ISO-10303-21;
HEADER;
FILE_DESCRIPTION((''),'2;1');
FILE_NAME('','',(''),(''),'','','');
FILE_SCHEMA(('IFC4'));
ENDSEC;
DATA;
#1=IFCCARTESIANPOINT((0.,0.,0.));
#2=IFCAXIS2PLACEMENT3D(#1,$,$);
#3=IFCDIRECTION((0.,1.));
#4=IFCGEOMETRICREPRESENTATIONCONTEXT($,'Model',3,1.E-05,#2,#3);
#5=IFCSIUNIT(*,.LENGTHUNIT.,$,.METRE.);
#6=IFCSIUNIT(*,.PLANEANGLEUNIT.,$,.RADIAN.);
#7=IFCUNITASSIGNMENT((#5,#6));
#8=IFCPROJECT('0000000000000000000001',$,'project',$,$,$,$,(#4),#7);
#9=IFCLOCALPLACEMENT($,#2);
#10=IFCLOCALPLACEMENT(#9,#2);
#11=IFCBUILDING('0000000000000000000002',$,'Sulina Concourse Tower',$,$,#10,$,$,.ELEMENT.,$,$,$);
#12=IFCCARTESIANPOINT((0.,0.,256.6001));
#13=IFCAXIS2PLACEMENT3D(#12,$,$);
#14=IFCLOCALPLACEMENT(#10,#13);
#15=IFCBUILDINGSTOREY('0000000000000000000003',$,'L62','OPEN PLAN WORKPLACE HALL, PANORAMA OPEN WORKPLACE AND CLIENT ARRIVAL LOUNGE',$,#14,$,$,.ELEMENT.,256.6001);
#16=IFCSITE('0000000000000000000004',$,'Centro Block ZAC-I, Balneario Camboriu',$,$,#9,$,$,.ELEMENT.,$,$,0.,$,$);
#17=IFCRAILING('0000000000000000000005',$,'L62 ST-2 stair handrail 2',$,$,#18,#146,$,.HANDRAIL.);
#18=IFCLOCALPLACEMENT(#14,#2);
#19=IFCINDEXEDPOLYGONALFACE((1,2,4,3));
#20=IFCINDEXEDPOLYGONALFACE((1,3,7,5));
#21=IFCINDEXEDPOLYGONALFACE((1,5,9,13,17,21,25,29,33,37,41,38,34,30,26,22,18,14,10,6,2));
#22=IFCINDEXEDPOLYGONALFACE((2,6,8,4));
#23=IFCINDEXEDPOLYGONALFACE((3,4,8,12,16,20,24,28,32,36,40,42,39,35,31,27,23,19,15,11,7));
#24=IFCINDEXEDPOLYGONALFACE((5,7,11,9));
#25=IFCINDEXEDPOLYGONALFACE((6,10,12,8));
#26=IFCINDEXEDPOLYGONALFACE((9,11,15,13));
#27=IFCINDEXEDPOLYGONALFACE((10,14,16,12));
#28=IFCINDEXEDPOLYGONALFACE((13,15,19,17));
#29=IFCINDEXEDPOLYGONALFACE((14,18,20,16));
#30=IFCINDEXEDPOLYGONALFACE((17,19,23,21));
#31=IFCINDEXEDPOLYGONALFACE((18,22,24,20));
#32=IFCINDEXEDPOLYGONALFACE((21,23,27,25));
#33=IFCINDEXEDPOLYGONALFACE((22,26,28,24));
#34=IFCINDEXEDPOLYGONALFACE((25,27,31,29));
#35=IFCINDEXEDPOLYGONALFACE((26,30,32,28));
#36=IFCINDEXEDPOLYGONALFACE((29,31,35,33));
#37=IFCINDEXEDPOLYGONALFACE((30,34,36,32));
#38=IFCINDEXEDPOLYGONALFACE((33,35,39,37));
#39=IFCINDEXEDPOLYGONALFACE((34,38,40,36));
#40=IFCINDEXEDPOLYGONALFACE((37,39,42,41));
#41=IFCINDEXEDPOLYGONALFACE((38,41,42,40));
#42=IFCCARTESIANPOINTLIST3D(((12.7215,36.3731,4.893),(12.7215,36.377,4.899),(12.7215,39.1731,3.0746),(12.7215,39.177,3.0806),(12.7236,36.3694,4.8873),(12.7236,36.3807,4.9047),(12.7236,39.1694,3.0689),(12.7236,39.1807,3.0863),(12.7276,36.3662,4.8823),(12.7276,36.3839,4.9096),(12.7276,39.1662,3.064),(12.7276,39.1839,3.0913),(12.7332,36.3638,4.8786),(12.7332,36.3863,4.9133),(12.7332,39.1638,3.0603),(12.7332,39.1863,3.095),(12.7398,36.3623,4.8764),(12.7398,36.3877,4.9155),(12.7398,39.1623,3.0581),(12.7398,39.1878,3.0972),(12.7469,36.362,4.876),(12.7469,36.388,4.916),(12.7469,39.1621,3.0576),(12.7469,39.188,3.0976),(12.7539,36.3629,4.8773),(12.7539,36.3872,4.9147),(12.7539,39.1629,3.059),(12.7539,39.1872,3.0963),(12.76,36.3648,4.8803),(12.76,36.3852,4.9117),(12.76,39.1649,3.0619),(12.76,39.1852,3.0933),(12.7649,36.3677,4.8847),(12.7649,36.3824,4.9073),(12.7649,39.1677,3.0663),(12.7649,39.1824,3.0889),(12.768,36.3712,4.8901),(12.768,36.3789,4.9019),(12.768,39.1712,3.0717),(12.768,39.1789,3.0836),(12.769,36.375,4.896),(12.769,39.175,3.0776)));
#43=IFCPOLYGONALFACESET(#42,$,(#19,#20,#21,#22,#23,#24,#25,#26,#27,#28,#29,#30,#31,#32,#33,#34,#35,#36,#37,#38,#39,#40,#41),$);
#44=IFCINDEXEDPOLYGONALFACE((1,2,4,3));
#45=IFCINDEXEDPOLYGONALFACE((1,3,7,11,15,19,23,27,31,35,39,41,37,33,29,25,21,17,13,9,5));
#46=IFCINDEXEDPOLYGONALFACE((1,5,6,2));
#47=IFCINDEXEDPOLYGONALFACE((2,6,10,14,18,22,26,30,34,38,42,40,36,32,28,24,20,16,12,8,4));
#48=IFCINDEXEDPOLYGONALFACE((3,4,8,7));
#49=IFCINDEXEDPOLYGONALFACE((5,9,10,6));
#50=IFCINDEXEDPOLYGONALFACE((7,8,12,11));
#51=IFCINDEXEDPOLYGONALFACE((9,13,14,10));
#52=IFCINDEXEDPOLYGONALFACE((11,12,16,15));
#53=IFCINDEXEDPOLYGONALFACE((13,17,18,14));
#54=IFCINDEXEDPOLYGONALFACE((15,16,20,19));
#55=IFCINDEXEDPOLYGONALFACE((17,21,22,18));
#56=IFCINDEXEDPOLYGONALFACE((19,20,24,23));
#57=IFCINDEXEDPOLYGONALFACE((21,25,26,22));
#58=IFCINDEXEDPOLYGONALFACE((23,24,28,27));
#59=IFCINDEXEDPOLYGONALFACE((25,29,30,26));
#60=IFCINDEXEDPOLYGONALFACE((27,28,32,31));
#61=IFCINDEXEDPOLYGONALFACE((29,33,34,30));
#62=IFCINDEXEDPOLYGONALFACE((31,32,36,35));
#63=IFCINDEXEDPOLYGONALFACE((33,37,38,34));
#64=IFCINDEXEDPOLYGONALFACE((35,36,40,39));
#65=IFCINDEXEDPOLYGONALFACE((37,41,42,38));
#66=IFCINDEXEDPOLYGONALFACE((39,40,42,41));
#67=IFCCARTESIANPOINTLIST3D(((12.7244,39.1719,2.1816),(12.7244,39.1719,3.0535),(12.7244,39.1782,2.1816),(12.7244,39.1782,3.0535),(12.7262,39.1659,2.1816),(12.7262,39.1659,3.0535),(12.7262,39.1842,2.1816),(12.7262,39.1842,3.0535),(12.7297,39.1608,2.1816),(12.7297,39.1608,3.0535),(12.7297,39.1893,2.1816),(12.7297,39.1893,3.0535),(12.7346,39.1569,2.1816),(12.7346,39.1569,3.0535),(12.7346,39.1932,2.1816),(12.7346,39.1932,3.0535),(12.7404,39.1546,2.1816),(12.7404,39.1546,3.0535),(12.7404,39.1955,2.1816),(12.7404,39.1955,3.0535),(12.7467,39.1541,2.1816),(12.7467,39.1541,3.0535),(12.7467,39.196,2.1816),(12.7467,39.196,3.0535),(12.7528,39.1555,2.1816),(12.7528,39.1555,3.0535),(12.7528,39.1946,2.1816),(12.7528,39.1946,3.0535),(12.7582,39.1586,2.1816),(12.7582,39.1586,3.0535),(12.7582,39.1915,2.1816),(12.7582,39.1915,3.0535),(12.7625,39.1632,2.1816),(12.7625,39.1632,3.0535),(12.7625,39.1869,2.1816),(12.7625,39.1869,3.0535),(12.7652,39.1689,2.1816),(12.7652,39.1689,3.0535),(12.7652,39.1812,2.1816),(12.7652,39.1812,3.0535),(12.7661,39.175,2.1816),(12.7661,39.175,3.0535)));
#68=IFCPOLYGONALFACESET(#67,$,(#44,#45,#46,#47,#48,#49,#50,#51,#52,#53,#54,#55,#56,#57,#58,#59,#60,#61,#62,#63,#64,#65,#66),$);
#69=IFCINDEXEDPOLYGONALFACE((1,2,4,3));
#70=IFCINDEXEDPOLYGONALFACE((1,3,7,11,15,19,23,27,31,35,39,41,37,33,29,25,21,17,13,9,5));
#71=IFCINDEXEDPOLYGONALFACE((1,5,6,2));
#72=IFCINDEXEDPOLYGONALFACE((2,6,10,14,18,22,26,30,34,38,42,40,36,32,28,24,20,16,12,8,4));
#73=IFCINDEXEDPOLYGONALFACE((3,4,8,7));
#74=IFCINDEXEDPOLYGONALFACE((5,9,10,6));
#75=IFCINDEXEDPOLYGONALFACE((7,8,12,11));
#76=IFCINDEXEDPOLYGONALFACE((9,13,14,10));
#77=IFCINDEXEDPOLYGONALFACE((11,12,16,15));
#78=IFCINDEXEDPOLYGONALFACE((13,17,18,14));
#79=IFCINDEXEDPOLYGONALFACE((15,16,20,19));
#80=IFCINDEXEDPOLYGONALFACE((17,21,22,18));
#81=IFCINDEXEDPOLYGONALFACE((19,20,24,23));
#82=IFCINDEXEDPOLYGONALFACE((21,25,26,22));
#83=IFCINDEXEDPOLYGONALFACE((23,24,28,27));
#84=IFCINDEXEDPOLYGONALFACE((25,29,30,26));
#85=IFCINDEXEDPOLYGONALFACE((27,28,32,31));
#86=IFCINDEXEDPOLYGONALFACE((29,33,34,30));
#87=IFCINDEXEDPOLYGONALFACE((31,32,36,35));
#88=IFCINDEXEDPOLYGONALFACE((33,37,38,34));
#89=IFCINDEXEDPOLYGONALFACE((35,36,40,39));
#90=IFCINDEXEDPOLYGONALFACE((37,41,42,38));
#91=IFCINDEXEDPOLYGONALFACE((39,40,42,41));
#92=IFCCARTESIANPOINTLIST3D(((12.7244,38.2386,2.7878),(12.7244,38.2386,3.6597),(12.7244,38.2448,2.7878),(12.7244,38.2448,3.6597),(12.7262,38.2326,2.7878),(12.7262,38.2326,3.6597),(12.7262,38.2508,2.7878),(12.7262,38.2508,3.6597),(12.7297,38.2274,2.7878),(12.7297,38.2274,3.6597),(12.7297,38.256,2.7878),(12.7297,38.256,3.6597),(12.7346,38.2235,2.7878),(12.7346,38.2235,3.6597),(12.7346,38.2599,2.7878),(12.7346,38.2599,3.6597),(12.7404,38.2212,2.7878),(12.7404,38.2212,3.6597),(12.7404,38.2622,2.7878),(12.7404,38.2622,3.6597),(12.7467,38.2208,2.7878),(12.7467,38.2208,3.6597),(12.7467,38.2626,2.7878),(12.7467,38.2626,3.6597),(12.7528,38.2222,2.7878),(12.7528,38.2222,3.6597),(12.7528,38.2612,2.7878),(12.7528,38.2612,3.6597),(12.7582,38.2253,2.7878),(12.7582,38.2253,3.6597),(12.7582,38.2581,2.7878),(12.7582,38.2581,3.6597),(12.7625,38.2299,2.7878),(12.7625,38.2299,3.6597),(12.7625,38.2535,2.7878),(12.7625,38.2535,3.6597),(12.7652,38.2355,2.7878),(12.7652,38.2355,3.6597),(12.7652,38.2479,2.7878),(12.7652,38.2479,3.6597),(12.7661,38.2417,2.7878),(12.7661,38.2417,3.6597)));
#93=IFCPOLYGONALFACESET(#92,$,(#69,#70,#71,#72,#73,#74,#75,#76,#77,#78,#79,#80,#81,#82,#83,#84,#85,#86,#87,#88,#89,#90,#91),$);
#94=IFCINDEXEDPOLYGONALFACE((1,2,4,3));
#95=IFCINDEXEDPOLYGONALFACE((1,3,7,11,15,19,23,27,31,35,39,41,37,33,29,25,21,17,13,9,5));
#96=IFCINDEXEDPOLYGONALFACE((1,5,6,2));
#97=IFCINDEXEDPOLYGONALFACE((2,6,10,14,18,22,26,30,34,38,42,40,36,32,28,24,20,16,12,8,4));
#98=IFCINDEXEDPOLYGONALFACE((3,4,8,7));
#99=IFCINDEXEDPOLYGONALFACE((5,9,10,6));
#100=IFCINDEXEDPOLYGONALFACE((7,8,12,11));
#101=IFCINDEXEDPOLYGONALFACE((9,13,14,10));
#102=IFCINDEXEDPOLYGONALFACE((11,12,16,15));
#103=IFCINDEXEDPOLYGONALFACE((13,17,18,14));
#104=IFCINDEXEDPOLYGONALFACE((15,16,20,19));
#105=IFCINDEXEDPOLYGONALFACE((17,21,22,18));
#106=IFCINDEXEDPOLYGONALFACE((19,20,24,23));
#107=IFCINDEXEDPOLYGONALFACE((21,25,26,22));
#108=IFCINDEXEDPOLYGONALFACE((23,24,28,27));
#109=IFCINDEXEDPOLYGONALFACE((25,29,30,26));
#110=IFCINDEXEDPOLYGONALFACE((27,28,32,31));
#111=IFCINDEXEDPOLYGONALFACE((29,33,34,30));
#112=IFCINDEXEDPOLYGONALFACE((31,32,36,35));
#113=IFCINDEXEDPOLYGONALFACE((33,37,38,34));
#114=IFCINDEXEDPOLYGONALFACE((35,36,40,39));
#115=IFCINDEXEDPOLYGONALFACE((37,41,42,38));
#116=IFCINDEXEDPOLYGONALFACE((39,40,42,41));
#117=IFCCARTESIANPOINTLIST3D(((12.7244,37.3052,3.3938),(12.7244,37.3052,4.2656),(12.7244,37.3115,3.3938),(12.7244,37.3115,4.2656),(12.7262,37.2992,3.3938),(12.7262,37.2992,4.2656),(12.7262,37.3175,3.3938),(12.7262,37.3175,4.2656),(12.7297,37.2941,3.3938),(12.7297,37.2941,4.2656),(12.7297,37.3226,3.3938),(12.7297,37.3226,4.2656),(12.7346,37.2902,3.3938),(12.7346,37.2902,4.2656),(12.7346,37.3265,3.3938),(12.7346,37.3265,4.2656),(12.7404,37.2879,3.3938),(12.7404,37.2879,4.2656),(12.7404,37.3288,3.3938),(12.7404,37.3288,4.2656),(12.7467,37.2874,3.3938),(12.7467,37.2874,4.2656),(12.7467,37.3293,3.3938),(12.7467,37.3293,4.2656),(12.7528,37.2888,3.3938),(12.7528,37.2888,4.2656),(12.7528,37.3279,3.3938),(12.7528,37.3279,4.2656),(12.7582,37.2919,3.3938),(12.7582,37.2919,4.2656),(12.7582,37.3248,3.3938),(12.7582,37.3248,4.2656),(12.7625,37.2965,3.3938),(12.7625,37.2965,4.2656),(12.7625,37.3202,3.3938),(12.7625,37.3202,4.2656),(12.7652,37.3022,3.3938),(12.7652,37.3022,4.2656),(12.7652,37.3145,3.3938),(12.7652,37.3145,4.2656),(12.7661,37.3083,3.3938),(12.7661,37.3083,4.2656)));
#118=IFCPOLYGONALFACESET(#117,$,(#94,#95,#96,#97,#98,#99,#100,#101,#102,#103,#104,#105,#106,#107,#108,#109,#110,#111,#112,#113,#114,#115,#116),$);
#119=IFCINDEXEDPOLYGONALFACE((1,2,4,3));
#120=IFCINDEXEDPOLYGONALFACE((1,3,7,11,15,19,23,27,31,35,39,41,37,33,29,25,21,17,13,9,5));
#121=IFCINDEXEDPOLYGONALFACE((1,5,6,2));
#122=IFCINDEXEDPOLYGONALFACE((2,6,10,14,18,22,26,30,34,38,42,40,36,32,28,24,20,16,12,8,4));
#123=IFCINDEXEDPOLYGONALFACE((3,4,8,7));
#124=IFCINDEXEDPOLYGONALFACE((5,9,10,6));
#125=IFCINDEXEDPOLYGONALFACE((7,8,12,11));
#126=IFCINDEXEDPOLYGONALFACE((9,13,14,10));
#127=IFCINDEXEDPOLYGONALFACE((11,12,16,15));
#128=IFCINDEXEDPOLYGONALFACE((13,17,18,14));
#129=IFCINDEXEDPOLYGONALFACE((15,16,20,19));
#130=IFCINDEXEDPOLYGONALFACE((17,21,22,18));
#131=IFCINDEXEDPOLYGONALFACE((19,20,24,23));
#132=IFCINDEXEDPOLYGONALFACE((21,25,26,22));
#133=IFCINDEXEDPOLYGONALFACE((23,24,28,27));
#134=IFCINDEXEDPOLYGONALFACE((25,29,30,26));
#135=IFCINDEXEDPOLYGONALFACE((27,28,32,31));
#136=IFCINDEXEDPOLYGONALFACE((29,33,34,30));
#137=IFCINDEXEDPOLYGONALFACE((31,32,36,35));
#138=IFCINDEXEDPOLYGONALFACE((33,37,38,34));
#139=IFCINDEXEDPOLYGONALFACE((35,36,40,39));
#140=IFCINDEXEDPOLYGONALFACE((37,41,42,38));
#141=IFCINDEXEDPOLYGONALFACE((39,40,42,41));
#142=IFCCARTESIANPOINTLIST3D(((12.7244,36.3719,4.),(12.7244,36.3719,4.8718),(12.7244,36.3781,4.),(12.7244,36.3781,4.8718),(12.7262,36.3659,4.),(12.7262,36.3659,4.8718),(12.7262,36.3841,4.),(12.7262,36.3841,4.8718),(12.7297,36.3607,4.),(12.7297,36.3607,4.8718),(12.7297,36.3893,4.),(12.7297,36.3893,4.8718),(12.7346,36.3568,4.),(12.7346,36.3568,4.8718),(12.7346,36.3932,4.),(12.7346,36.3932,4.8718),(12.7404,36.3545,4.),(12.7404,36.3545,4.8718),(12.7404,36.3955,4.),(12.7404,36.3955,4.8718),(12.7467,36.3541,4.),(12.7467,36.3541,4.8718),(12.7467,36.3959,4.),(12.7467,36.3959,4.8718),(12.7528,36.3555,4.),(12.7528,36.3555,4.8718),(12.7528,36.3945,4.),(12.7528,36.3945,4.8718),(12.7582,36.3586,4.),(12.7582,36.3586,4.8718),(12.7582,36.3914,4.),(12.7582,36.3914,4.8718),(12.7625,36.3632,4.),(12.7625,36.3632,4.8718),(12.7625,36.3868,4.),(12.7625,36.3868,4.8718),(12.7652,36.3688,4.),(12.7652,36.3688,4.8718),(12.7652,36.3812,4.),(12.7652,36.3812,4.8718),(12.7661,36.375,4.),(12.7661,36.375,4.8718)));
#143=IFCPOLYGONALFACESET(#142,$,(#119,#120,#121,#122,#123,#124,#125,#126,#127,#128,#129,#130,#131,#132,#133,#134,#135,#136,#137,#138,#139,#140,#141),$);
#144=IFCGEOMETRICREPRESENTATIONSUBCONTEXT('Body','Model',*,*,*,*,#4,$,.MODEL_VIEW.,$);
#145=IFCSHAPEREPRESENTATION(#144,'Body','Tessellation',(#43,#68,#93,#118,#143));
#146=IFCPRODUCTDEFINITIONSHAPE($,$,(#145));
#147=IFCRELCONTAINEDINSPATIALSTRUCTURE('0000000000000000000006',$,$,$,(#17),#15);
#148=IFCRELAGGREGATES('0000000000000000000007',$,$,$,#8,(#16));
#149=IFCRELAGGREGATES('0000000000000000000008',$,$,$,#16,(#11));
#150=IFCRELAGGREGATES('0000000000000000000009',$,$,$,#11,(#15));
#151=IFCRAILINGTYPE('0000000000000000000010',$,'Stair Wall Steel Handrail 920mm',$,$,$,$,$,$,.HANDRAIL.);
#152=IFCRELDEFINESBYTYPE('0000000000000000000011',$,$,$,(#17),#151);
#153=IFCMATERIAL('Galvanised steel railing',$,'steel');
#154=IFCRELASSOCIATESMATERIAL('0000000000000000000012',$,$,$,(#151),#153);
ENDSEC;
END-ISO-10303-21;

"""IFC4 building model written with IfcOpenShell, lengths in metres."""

from ifc_helpers import new_model, si_unit, direction, frame, origin, origin_2d, place, context, subcontext, project, spatial, circle, extrude, material, type_object, element, save


model = new_model("IFC4")

# Units and contexts
model_context = context("Model", 3, precision=1e-05, world=origin(), true_north=direction((0.0, 1.0)))
body_context = subcontext(model_context, "Body", "Model", "MODEL_VIEW")
ifc_project = project(units=[si_unit("LENGTHUNIT", "METRE"), si_unit("PLANEANGLEUNIT", "RADIAN")], contexts=[model_context])

# Site, building, storey
site_placement = place(None, origin())
site = spatial("IfcSite", under=ifc_project, at=site_placement, Name="Centro Block ZAC-I, Balneario Camboriu", CompositionType="ELEMENT", RefElevation=0.0)
building_placement = place(site_placement, origin())
building = spatial("IfcBuilding", under=site, at=building_placement, Name="Sulina Concourse Tower", CompositionType="ELEMENT")
storey_placement = place(building_placement, frame((0.0, 0.0, 256.6001)))
storey = spatial("IfcBuildingStorey", under=building, at=storey_placement, Name="L62", Description="OPEN PLAN WORKPLACE HALL, PANORAMA OPEN WORKPLACE AND CLIENT ARRIVAL LOUNGE", CompositionType="ELEMENT", Elevation=256.6001)

# Railing
ifc_material_1 = material(Name="Galvanised steel railing", Category="steel")
railing_type_1 = type_object("IfcRailingType", Name="Stair Wall Steel Handrail 920mm", PredefinedType="HANDRAIL", material=ifc_material_1)
railing_1_placement = place(storey_placement, frame((12.7451, 39.175, 2.1816)))
element("IfcRailing", 1, at=railing_1_placement, inside=storey, type_object=railing_type_1, Name="L62 ST-2 stair handrail 2", PredefinedType="HANDRAIL", context=body_context, shape_type="SweptSolid", body=[
    extrude(circle(Radius=0.0239, at=origin_2d()), frame((0.0, 0.0, 0.896), z_axis=(0.0, -0.838672, 0.544636), x_axis=(1.0, 0.0, 0.0)), (0.0, 0.0, 1.0), 3.3386),
    extrude(circle(Radius=0.021, at=origin_2d()), origin(), (0.0, 0.0, 1.0), 0.8718),
    extrude(circle(Radius=0.021, at=origin_2d()), frame((0.0, -0.9333, 0.6062)), (0.0, 0.0, 1.0), 0.8718),
    extrude(circle(Radius=0.021, at=origin_2d()), frame((0.0, -1.8667, 1.2122)), (0.0, 0.0, 1.0), 0.8718),
    extrude(circle(Radius=0.021, at=origin_2d()), frame((0.0, -2.8, 1.8184)), (0.0, 0.0, 1.0), 0.8718),
])

save(model, "model.ifc")
